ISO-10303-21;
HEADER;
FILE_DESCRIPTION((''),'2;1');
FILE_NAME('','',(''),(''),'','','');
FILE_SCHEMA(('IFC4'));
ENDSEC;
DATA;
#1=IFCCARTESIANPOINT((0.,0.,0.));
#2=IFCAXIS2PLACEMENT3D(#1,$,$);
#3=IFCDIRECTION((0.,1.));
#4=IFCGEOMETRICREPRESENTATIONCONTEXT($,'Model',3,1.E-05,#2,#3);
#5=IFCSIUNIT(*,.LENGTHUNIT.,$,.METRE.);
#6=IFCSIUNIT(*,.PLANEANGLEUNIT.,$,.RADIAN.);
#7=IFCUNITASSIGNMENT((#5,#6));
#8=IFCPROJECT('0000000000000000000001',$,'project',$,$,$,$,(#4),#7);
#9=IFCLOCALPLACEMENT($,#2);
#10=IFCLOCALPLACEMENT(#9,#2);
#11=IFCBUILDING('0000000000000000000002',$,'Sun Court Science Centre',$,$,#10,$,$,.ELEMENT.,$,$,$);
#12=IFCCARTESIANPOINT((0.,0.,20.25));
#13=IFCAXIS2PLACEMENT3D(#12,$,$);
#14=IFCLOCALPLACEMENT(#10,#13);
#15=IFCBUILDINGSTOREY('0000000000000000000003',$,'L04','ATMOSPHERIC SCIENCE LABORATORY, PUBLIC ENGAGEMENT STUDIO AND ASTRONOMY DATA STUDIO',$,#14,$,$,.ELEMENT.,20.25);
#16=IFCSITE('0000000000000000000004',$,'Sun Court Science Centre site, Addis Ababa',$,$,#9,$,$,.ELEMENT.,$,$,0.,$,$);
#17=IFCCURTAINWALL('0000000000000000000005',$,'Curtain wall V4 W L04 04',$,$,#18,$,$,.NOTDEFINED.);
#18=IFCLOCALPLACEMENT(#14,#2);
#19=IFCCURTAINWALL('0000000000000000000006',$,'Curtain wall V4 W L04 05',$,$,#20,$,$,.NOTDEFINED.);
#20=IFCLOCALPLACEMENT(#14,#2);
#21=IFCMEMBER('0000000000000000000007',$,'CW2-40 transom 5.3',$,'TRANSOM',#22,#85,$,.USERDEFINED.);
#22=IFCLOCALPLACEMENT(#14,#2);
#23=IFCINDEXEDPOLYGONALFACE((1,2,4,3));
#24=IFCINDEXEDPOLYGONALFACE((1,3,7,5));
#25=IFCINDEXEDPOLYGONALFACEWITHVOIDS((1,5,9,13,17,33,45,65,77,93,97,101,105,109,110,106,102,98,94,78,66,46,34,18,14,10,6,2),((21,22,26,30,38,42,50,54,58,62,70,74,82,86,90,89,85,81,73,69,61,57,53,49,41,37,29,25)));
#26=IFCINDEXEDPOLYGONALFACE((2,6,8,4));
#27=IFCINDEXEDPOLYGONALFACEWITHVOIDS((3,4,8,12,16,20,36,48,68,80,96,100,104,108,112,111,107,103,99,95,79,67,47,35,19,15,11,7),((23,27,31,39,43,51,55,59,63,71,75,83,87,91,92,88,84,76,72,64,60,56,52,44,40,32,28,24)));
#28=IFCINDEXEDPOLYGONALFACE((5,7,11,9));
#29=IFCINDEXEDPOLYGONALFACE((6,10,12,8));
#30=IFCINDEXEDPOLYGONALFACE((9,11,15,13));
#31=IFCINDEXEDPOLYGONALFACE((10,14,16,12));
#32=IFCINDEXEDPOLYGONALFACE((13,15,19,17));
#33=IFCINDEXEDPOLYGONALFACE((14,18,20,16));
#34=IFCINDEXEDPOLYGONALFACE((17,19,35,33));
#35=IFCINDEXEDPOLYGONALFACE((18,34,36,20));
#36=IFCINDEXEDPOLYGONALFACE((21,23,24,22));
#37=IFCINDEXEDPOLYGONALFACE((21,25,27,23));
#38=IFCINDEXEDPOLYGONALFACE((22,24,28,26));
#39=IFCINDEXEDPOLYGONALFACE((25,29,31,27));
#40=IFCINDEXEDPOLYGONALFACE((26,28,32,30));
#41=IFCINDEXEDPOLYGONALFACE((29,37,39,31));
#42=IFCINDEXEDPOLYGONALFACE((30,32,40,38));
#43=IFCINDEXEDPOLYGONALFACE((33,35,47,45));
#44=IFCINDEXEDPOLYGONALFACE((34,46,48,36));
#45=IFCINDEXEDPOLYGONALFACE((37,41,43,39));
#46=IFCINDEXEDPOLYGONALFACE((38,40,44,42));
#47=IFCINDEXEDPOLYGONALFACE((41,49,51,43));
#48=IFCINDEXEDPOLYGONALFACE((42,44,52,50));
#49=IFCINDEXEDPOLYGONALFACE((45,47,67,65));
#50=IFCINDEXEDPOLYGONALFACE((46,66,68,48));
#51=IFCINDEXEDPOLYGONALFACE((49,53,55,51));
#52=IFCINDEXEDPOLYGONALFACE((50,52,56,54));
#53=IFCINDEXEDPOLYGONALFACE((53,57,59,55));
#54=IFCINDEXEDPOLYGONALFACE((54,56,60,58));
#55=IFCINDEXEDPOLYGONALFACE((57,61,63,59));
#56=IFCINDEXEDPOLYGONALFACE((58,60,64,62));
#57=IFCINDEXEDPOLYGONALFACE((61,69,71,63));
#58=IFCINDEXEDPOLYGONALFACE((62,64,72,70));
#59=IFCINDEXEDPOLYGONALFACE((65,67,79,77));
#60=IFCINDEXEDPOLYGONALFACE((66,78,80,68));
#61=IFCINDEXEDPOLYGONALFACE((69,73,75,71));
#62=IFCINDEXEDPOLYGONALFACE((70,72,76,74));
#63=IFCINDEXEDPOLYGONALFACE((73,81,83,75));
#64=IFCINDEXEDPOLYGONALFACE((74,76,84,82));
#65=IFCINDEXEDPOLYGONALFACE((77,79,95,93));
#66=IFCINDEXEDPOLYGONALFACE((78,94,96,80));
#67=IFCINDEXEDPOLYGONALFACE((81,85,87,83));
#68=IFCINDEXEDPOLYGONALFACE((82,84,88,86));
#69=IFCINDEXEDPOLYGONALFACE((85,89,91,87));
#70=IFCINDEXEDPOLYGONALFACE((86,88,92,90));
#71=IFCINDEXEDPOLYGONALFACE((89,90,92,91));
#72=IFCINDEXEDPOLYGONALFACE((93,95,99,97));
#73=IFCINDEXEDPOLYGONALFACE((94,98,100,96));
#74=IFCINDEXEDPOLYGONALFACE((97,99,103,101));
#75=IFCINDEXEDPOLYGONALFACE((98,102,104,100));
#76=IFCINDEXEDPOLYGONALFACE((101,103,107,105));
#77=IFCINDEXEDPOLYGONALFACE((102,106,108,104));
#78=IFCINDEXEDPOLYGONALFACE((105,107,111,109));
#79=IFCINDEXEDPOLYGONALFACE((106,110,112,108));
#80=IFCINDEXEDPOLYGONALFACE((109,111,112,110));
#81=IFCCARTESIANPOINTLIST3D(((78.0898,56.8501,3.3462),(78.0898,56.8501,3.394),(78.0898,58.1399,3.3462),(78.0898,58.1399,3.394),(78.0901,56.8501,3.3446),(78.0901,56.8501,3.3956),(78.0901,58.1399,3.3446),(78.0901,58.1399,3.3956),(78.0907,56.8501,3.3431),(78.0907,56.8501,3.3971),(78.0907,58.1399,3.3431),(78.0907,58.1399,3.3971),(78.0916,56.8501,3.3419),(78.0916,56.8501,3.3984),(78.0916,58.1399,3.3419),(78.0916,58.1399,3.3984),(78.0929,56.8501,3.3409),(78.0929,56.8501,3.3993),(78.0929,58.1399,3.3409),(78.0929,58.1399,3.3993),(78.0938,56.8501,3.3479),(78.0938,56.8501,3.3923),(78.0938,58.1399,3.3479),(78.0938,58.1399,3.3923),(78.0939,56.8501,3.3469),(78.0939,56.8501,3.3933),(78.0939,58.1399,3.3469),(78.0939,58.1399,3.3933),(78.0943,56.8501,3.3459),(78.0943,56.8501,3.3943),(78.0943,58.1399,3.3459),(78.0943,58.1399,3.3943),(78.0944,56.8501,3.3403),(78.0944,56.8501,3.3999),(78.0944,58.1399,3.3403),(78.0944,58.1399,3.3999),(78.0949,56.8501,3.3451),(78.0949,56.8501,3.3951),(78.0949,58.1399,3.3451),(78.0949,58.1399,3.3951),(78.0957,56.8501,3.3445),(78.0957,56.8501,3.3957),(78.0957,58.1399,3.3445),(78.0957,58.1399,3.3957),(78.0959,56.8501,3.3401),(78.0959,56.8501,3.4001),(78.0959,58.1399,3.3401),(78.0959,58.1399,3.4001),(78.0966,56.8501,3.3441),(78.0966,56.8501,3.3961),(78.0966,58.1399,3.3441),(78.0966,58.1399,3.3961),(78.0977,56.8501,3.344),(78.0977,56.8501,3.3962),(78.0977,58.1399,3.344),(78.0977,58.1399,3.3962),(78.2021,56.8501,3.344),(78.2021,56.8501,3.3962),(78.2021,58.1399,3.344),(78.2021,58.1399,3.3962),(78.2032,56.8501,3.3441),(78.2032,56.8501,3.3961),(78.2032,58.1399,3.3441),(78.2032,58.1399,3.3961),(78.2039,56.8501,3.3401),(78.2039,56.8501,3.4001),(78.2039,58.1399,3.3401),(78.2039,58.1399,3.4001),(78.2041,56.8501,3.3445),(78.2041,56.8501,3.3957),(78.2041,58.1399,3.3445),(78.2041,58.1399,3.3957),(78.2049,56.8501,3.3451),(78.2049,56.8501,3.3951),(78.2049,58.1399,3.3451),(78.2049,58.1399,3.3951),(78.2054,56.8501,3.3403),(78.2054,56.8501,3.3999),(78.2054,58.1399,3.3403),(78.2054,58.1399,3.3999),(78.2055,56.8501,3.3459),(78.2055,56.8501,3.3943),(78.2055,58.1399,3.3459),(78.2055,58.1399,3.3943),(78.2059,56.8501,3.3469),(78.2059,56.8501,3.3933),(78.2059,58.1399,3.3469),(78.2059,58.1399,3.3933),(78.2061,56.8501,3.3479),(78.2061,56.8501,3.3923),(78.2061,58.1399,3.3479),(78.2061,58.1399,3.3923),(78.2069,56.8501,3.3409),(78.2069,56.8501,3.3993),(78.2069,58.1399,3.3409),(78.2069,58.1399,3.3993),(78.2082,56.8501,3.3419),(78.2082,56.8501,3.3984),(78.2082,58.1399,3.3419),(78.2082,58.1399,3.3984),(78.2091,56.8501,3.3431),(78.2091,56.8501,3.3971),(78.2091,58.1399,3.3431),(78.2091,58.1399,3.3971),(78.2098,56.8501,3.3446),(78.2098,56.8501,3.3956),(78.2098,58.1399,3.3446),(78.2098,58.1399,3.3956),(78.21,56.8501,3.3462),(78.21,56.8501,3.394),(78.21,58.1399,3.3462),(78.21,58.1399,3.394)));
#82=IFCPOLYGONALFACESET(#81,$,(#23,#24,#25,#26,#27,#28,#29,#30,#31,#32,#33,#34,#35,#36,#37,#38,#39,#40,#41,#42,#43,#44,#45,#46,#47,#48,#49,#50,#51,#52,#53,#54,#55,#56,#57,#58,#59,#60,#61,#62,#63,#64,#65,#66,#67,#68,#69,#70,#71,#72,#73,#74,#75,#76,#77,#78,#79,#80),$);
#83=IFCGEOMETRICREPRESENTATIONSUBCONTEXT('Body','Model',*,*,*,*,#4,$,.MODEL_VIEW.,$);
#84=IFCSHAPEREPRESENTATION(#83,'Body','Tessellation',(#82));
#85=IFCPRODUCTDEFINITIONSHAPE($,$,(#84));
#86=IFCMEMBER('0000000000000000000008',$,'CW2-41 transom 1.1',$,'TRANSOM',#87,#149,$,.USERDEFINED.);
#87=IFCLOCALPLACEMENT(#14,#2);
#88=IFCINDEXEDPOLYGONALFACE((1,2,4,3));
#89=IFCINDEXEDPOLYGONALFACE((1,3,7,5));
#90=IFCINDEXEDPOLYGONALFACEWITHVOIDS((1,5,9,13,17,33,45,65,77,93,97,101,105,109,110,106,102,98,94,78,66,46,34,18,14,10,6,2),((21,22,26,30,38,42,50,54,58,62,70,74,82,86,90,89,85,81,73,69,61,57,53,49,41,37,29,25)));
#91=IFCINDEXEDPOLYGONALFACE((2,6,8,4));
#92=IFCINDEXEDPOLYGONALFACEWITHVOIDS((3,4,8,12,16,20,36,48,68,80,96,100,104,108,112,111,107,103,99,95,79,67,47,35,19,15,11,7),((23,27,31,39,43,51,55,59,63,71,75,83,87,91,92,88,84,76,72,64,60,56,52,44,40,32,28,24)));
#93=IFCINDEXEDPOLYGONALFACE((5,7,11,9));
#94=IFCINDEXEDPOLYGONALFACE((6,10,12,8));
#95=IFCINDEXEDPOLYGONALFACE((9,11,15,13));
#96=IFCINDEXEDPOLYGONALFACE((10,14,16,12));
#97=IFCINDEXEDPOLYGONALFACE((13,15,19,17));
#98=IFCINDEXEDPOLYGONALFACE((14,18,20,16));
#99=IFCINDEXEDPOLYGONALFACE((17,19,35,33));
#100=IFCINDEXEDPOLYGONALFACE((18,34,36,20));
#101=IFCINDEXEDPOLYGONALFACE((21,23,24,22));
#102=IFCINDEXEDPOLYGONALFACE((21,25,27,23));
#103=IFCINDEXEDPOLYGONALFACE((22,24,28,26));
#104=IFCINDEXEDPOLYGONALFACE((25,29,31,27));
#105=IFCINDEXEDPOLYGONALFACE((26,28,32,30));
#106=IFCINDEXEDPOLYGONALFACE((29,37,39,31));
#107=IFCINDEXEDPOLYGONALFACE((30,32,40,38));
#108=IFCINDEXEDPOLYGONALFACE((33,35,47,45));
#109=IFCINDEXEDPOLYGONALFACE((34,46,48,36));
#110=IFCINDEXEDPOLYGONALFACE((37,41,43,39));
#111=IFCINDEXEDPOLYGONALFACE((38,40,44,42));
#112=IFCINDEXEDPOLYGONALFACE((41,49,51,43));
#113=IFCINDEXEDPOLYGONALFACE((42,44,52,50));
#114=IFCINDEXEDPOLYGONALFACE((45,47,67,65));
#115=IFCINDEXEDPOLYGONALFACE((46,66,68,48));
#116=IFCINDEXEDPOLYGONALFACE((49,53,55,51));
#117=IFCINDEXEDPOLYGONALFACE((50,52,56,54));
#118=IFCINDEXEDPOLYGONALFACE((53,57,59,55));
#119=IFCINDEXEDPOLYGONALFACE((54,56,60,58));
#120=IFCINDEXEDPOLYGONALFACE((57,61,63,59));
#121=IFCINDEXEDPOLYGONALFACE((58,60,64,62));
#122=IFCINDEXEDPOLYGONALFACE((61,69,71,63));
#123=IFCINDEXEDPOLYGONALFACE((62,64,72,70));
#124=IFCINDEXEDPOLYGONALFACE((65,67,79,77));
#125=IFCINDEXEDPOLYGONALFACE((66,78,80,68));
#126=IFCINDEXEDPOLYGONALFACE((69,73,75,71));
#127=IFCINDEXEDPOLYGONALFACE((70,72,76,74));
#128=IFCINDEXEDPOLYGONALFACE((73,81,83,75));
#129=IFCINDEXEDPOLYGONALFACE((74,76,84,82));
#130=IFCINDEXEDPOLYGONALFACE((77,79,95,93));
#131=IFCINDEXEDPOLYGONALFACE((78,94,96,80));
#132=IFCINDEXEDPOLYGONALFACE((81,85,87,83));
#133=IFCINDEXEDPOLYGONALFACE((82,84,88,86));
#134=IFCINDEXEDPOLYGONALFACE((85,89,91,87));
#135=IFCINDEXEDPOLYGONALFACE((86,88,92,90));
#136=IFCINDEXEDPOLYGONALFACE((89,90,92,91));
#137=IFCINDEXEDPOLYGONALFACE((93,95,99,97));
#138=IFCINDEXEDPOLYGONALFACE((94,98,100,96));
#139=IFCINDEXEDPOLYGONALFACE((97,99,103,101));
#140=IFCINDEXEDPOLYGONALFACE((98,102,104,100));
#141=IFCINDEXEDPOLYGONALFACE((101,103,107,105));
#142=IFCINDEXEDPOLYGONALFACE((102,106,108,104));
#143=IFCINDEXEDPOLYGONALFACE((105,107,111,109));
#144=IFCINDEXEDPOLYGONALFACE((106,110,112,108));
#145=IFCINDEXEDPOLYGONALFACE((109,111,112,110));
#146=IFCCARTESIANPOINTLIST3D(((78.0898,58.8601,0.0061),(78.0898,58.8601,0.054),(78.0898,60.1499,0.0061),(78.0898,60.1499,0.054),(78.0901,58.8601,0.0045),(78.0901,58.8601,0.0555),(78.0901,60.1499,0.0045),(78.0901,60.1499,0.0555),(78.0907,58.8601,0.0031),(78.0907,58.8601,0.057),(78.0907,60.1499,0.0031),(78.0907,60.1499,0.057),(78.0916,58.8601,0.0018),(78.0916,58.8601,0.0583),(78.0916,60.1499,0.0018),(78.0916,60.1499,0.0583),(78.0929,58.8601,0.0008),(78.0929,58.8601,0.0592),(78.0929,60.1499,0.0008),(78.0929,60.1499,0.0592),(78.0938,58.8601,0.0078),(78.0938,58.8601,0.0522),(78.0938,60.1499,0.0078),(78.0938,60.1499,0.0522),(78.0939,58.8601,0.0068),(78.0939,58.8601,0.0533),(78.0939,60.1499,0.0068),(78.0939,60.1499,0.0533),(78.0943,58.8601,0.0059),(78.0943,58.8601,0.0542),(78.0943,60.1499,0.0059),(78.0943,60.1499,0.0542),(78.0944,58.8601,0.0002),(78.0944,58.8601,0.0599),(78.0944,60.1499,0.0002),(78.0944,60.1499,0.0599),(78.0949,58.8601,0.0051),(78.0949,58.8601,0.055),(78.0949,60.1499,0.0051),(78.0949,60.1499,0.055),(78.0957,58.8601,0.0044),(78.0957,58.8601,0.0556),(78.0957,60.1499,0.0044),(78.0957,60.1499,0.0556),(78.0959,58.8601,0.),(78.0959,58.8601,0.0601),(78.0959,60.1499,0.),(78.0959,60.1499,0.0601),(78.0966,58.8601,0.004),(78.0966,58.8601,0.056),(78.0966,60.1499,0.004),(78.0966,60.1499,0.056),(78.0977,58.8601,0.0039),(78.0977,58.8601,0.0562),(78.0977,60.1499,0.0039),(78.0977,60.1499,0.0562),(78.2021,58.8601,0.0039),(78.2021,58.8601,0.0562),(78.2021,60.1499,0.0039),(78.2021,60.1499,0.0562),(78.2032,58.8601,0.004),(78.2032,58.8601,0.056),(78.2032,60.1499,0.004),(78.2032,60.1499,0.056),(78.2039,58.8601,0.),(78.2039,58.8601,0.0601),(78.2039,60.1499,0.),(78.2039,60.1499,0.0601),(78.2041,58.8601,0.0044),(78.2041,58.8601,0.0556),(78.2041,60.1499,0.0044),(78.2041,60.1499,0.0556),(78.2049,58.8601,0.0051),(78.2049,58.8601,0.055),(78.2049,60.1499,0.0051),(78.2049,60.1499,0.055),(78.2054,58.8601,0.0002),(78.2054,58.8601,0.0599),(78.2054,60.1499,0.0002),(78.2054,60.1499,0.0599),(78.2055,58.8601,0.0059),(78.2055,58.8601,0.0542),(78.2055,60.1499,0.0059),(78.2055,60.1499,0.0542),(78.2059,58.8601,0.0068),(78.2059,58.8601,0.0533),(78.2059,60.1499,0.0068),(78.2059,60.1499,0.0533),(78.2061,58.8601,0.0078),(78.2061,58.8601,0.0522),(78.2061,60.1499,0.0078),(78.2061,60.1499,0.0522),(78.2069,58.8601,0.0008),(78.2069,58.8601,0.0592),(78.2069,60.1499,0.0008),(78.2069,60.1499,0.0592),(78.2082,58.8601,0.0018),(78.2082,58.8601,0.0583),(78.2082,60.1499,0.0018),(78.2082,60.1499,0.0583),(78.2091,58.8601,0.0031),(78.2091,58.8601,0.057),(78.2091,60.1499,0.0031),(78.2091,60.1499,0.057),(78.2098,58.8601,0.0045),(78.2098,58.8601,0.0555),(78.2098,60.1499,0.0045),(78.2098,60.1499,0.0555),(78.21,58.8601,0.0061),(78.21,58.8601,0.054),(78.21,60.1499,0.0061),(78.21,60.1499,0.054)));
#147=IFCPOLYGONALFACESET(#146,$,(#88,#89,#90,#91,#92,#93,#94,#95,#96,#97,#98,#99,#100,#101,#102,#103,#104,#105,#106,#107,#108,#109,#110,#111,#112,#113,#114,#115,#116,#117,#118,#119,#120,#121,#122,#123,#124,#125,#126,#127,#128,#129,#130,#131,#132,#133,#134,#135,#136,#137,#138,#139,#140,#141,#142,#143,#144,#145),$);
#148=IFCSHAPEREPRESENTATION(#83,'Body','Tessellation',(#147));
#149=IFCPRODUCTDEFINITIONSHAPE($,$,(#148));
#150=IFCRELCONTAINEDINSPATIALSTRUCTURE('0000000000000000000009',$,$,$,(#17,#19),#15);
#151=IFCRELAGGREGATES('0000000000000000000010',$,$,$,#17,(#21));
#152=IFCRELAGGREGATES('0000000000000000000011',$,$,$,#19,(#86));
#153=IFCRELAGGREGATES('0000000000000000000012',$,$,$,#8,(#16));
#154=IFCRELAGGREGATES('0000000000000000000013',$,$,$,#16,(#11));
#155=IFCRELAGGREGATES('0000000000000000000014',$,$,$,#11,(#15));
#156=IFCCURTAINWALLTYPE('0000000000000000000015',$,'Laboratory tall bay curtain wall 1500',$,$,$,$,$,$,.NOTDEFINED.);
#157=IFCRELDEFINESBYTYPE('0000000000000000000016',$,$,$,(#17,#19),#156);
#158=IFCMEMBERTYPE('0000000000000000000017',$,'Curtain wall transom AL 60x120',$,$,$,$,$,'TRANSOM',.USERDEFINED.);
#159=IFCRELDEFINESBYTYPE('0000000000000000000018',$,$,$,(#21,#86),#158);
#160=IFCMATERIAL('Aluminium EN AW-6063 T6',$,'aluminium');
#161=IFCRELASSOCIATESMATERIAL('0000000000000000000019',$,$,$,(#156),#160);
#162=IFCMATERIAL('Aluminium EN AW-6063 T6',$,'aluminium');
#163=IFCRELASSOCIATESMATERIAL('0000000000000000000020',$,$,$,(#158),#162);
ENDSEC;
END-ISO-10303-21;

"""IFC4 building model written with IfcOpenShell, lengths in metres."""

from ifc_helpers import new_model, si_unit, direction, frame, origin, origin_2d, place, context, subcontext, project, spatial, hollow_rectangle, extrude, material, material_profile, profile_set, type_object, element, aggregate, save


model = new_model("IFC4")

# Units and contexts
model_context = context("Model", 3, precision=1e-05, world=origin(), true_north=direction((0.0, 1.0)))
body_context = subcontext(model_context, "Body", "Model", "MODEL_VIEW")
ifc_project = project(units=[si_unit("LENGTHUNIT", "METRE"), si_unit("PLANEANGLEUNIT", "RADIAN")], contexts=[model_context])

# Site, building, storey
site_placement = place(None, origin())
site = spatial("IfcSite", under=ifc_project, at=site_placement, Name="Sun Court Science Centre site, Addis Ababa", CompositionType="ELEMENT", RefElevation=0.0)
building_placement = place(site_placement, origin())
building = spatial("IfcBuilding", under=site, at=building_placement, Name="Sun Court Science Centre", CompositionType="ELEMENT")
storey_placement = place(building_placement, frame((0.0, 0.0, 20.25)))
storey = spatial("IfcBuildingStorey", under=building, at=storey_placement, Name="L04", Description="ATMOSPHERIC SCIENCE LABORATORY, PUBLIC ENGAGEMENT STUDIO AND ASTRONOMY DATA STUDIO", CompositionType="ELEMENT", Elevation=20.25)

# Curtain walls
ifc_material_1 = material(Name="Aluminium EN AW-6063 T6", Category="aluminium")
curtain_wall_type = type_object("IfcCurtainWallType", Name="Laboratory tall bay curtain wall 1500", PredefinedType="NOTDEFINED", material=ifc_material_1)
curtain_wall_1_placement = place(storey_placement, origin())
curtain_wall_1 = element("IfcCurtainWall", 1, at=curtain_wall_1_placement, inside=storey, type_object=curtain_wall_type, Name="Curtain wall V4 W L04 04", PredefinedType="NOTDEFINED")
curtain_wall_2_placement = place(storey_placement, origin())
curtain_wall_2 = element("IfcCurtainWall", 2, at=curtain_wall_2_placement, inside=storey, type_object=curtain_wall_type, Name="Curtain wall V4 W L04 05", PredefinedType="NOTDEFINED")

# Members
ifc_material_2 = material(Name="Aluminium EN AW-6063 T6", Category="aluminium")
ifc_material_profile_1 = material_profile(ifc_material_2, hollow_rectangle(XDim=0.0601, YDim=0.1201, WallThickness=0.0039, InnerFilletRadius=0.0039, OuterFilletRadius=0.0061, at=origin_2d()), Name="AL 60x120x4")
ifc_profile_set_1 = profile_set([ifc_material_profile_1], Name="Aluminium EN AW-6063 T6")
member_type_1 = type_object("IfcMemberType", Name="Curtain wall transom AL 60x120", ElementType="TRANSOM", PredefinedType="USERDEFINED", material=ifc_profile_set_1)
member_1_placement = place(storey_placement, frame((78.1499, 56.8501, 3.3701), z_axis=(0.0, 1.0, 0.0), x_axis=(0.0, 0.0, 1.0)))
member_1 = element("IfcMember", 3, at=member_1_placement, type_object=member_type_1, Name="CW2-40 transom 5.3", ObjectType="TRANSOM", PredefinedType="USERDEFINED", context=body_context, shape_type="SweptSolid", body=[
    extrude(hollow_rectangle(XDim=0.0601, YDim=0.1201, WallThickness=0.0039, InnerFilletRadius=0.0039, OuterFilletRadius=0.0061, at=origin_2d()), origin(), (0.0, 0.0, 1.0), 1.2898),
])
member_2_placement = place(storey_placement, frame((78.1499, 58.8601, 0.03), z_axis=(0.0, 1.0, 0.0), x_axis=(0.0, 0.0, 1.0)))
member_2 = element("IfcMember", 4, at=member_2_placement, type_object=member_type_1, Name="CW2-41 transom 1.1", ObjectType="TRANSOM", PredefinedType="USERDEFINED", context=body_context, shape_type="SweptSolid", body=[
    extrude(hollow_rectangle(XDim=0.0601, YDim=0.1201, WallThickness=0.0039, InnerFilletRadius=0.0039, OuterFilletRadius=0.0061, at=origin_2d()), origin(), (0.0, 0.0, 1.0), 1.2898),
])

aggregate(curtain_wall_1, [member_1])
aggregate(curtain_wall_2, [member_2])

save(model, "model.ifc")
